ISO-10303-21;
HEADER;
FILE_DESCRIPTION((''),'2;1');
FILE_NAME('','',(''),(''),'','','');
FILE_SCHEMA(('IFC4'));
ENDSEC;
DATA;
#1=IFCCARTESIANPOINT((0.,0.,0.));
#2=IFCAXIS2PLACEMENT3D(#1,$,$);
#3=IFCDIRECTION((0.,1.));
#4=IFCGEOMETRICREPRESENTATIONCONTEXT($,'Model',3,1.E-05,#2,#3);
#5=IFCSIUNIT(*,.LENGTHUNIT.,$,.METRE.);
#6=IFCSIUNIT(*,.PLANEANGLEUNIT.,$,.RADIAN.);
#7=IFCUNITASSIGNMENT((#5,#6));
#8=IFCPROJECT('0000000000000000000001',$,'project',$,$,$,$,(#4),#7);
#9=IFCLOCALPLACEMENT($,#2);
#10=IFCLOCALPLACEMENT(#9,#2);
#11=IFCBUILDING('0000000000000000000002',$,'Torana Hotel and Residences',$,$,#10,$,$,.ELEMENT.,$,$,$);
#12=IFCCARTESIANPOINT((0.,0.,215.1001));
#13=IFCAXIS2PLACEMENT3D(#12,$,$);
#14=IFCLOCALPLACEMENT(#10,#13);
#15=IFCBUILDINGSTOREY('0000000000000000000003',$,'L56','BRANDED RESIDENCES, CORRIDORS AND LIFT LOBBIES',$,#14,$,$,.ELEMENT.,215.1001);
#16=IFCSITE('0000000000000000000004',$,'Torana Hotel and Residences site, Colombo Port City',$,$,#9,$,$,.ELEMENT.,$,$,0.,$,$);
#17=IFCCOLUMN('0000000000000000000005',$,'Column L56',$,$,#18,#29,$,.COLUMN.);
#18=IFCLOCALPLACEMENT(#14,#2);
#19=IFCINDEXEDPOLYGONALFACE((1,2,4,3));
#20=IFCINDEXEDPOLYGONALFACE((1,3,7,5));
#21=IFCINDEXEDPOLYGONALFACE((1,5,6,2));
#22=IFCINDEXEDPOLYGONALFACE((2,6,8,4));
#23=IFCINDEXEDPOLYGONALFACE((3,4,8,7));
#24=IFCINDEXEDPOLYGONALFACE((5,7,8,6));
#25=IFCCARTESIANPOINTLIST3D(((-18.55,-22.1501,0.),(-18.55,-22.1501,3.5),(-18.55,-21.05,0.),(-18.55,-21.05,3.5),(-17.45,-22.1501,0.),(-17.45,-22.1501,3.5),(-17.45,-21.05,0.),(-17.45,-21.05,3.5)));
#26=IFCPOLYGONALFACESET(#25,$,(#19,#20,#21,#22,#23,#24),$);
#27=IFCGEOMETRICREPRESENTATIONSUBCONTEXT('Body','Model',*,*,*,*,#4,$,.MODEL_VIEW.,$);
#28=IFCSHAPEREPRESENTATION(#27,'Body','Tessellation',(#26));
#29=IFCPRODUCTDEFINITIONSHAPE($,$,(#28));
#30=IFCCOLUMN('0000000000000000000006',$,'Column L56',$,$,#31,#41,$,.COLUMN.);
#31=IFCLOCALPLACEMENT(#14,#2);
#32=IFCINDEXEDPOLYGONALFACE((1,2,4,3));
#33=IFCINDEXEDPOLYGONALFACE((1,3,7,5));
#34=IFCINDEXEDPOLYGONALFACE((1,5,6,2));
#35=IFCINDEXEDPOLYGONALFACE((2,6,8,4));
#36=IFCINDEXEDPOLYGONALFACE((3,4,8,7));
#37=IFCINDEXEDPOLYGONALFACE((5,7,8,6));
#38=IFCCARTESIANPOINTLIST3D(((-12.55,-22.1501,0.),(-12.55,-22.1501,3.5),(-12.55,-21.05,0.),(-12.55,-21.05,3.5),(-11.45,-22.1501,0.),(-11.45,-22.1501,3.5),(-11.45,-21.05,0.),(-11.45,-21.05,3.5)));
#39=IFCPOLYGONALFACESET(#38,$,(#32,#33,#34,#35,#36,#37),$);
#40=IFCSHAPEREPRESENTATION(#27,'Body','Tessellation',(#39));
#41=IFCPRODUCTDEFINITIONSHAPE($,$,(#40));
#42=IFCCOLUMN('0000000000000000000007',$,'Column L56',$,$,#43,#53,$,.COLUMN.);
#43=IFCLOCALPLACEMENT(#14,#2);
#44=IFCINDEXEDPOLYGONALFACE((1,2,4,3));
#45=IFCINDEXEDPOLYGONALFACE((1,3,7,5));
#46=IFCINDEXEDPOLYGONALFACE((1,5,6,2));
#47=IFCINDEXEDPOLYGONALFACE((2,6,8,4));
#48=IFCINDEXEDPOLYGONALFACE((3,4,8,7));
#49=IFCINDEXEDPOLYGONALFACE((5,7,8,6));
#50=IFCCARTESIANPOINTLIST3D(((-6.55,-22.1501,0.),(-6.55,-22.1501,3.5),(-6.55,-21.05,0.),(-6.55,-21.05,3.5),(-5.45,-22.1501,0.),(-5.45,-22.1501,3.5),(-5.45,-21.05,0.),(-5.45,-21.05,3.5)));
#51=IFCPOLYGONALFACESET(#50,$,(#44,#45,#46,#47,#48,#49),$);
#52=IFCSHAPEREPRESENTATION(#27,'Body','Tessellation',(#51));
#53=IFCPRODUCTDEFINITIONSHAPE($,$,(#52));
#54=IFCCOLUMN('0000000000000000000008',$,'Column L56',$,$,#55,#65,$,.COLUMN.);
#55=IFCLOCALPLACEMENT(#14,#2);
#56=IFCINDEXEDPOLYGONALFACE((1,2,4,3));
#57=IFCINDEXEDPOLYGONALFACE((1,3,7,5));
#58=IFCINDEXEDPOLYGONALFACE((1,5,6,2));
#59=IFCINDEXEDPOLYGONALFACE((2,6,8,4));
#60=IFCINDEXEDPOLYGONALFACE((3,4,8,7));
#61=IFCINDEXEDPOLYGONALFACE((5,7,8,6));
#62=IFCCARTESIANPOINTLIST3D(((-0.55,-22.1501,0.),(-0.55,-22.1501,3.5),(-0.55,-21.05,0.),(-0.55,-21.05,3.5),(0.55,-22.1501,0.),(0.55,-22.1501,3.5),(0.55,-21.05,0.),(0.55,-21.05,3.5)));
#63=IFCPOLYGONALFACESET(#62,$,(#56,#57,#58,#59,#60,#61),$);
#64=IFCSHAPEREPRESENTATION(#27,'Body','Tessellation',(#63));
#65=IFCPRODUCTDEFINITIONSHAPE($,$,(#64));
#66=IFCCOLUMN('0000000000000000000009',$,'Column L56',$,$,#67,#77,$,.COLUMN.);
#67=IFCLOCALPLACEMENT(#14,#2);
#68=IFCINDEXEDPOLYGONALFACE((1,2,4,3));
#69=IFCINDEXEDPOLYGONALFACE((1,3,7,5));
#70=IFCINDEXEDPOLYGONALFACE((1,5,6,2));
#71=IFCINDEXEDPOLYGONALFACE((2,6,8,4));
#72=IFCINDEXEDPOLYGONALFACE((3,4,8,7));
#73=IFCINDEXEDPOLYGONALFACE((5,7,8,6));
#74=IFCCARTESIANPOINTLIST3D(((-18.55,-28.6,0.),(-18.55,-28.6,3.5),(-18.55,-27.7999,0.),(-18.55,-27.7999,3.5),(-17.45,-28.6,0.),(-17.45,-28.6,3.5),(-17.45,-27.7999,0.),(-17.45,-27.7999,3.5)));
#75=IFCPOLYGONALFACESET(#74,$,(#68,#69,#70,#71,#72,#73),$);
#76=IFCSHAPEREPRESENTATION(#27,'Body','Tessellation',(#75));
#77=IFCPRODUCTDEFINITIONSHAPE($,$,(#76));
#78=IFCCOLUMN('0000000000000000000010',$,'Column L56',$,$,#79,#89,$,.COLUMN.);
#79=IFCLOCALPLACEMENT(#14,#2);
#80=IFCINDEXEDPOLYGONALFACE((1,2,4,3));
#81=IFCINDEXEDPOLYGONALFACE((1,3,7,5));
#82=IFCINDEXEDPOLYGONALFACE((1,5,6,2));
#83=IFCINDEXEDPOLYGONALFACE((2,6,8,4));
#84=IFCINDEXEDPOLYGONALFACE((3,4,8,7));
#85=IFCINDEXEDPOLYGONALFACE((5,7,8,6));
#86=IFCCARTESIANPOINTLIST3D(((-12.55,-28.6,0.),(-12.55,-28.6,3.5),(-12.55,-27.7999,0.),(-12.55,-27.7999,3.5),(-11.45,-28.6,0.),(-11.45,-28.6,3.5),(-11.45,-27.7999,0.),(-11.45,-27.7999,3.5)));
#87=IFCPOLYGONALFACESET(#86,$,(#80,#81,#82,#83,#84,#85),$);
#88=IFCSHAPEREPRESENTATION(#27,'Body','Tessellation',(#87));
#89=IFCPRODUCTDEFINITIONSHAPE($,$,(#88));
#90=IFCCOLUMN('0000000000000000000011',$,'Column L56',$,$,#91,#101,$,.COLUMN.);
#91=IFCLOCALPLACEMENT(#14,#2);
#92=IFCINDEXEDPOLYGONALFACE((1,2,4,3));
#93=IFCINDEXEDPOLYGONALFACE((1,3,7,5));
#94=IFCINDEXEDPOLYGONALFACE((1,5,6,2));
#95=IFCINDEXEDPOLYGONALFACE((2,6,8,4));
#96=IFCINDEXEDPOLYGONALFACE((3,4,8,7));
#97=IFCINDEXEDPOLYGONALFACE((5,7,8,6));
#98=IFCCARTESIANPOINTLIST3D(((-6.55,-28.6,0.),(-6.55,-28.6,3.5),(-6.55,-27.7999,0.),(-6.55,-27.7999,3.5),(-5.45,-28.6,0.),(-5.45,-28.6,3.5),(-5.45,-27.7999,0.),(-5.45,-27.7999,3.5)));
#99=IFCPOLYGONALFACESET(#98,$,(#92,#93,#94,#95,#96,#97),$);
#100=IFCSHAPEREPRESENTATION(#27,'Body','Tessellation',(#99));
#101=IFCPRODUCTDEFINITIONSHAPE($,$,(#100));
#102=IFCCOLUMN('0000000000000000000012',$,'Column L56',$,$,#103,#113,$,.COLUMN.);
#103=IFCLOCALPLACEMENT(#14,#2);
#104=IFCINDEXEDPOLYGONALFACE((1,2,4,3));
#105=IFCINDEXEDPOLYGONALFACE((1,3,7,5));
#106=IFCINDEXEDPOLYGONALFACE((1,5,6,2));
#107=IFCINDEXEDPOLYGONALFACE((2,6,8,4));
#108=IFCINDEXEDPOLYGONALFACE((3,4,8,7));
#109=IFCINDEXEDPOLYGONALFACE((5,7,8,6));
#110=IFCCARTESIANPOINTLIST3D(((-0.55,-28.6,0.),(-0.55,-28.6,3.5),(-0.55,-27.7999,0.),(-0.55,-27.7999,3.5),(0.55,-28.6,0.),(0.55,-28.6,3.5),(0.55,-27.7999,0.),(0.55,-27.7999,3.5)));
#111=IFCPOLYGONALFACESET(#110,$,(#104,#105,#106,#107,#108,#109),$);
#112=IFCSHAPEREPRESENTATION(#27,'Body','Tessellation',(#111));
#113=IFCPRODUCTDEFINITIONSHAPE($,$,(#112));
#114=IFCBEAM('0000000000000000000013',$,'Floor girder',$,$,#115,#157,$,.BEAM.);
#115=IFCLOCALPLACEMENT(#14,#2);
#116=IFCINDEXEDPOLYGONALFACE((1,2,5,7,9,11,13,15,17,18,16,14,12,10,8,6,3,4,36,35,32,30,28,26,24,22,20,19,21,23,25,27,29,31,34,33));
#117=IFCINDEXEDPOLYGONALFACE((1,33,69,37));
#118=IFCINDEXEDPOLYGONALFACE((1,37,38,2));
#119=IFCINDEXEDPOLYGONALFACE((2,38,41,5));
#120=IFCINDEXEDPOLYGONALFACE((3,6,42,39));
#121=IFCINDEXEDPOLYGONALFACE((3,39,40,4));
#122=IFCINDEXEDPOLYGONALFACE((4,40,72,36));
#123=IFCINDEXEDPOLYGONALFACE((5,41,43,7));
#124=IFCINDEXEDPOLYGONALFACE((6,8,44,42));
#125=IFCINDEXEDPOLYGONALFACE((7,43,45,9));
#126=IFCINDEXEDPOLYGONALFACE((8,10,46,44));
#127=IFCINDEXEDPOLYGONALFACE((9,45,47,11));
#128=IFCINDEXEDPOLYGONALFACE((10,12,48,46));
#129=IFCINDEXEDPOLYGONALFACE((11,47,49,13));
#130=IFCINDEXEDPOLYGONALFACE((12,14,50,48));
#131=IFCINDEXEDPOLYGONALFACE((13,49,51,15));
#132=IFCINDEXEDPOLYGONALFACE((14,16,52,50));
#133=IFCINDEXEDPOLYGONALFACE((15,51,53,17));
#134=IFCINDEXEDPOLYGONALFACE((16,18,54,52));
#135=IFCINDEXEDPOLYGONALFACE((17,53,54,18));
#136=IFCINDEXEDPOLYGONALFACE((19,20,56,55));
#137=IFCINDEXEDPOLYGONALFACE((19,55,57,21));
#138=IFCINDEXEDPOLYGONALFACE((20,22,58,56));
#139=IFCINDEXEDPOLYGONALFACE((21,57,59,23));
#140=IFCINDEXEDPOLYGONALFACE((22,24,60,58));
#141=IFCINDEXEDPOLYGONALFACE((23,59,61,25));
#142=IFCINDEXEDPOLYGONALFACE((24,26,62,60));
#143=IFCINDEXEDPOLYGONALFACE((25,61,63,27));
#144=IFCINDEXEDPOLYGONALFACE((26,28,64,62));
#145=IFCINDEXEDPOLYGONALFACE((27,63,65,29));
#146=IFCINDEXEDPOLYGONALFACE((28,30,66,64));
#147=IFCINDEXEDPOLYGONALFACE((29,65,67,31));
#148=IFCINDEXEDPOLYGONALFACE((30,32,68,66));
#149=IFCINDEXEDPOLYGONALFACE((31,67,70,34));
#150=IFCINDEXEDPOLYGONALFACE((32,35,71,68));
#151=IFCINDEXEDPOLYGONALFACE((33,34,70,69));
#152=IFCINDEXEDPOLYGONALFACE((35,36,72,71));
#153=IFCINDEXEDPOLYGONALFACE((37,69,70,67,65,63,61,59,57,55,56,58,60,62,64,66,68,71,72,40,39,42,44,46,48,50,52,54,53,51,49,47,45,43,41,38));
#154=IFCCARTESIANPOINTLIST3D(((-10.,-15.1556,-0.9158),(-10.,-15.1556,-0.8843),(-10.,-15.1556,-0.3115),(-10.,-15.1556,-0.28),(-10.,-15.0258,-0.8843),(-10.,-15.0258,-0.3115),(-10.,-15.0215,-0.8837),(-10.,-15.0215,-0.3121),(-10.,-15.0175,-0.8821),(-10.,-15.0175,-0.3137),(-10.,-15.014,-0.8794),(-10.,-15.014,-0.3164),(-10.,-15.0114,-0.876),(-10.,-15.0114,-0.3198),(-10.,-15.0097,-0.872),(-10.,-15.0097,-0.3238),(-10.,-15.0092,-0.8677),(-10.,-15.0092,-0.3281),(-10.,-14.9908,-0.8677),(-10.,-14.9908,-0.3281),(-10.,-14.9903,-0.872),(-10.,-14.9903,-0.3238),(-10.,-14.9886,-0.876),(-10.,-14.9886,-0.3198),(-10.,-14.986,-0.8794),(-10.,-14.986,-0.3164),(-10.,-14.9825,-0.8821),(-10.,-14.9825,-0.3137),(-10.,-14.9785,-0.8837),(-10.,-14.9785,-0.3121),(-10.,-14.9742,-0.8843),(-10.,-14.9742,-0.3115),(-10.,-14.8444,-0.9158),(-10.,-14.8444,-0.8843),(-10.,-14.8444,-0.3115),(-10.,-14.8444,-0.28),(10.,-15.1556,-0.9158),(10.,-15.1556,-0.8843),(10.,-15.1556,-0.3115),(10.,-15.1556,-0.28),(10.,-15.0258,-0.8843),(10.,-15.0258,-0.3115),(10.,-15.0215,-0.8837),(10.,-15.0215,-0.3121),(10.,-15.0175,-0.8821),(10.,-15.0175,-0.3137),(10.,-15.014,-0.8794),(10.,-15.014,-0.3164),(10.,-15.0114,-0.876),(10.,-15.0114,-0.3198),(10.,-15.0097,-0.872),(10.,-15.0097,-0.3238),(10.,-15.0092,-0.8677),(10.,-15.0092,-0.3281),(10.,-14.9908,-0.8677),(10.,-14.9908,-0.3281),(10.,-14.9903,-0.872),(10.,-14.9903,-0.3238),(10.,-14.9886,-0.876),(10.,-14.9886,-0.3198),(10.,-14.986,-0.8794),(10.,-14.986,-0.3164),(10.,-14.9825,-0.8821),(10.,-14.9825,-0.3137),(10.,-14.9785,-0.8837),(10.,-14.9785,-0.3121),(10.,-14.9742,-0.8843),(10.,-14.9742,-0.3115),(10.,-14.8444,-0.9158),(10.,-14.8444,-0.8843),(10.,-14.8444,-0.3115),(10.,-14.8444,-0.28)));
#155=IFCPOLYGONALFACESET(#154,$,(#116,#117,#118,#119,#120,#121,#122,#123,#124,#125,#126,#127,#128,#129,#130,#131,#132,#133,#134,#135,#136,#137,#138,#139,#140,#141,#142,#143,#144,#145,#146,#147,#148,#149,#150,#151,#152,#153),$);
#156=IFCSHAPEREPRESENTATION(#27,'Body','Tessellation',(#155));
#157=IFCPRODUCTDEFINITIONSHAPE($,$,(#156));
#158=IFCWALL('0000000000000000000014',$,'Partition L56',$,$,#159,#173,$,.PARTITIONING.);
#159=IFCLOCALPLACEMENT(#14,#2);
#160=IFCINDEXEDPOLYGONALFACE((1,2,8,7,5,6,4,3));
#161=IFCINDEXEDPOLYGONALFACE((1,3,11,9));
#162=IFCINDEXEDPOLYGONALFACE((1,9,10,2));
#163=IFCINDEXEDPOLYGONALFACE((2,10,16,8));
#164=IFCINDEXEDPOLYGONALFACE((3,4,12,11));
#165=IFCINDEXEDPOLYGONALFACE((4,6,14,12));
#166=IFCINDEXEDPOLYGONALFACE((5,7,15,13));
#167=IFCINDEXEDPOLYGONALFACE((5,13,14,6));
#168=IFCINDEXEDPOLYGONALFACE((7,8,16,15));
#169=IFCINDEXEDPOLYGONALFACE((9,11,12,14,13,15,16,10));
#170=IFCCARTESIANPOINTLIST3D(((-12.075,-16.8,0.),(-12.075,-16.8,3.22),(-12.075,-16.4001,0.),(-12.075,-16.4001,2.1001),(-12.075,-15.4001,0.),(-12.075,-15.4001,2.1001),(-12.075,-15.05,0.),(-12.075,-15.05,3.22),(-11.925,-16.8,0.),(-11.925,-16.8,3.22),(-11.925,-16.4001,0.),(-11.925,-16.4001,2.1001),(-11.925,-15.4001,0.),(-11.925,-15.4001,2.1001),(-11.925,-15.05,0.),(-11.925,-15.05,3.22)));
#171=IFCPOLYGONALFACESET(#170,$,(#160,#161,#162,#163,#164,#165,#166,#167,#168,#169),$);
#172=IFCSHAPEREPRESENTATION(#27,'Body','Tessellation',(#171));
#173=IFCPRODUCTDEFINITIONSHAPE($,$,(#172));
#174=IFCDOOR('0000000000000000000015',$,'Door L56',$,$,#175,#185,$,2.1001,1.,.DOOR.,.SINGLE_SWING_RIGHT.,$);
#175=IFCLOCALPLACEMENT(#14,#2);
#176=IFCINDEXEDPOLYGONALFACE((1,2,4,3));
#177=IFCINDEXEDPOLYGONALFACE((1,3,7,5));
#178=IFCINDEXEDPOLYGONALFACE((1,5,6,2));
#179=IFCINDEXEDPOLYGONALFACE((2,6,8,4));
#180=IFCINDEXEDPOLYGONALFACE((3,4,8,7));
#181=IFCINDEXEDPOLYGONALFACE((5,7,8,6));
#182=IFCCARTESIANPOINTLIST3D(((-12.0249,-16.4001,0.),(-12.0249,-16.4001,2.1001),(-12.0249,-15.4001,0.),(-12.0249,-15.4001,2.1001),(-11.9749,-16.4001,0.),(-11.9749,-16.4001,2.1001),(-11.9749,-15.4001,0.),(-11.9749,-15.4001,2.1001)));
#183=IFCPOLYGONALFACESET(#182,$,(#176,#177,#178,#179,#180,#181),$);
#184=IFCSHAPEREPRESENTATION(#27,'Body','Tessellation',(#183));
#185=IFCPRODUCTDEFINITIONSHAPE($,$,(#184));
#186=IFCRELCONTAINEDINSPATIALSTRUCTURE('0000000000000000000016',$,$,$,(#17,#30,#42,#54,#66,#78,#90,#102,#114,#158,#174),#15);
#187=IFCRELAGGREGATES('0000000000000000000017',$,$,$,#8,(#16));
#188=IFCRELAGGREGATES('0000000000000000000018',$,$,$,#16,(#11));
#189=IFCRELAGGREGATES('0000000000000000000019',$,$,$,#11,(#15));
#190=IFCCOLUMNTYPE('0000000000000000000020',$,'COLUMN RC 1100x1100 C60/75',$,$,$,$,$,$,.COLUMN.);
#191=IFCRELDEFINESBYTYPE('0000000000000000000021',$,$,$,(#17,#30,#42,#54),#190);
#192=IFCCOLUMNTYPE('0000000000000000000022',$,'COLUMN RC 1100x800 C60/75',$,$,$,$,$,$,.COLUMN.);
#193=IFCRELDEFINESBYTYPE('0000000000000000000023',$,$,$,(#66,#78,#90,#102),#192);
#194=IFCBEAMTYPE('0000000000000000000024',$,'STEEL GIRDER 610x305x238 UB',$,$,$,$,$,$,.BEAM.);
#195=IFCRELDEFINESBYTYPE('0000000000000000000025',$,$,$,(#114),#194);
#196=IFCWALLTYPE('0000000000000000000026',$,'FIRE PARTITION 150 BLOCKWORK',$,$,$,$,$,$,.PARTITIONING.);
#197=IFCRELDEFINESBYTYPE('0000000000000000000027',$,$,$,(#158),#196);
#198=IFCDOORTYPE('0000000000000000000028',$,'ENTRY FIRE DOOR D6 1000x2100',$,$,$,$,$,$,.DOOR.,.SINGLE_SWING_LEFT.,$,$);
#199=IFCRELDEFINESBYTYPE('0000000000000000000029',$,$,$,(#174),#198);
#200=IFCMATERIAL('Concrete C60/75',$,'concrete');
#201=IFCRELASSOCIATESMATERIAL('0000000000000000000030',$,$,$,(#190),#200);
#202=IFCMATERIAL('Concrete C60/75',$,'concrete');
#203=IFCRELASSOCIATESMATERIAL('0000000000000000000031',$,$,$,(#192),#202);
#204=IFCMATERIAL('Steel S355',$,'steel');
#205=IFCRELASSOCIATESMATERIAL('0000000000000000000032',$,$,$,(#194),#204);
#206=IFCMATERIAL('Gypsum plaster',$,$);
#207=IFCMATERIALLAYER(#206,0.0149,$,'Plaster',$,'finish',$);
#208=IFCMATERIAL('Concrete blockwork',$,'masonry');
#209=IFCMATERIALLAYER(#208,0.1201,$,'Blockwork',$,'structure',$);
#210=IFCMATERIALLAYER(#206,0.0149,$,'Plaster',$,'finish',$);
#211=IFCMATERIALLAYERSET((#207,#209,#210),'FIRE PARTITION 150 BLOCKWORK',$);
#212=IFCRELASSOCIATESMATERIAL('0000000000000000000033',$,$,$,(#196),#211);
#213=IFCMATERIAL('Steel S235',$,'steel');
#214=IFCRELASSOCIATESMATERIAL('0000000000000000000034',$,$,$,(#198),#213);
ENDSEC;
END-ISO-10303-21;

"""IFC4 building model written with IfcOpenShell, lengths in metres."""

from ifc_helpers import new_model, si_unit, direction, frame, frame_2d, origin, origin_2d, place, context, subcontext, project, spatial, rectangle, i_section, extrude, material, layer, layer_set, material_profile, profile_set, type_object, element, fill, save


model = new_model("IFC4")

# Units and contexts
model_context = context("Model", 3, precision=1e-05, world=origin(), true_north=direction((0.0, 1.0)))
body_context = subcontext(model_context, "Body", "Model", "MODEL_VIEW")
ifc_project = project(units=[si_unit("LENGTHUNIT", "METRE"), si_unit("PLANEANGLEUNIT", "RADIAN")], contexts=[model_context])

# Site, building, storey
site_placement = place(None, origin())
site = spatial("IfcSite", under=ifc_project, at=site_placement, Name="Torana Hotel and Residences site, Colombo Port City", CompositionType="ELEMENT", RefElevation=0.0)
building_placement = place(site_placement, origin())
building = spatial("IfcBuilding", under=site, at=building_placement, Name="Torana Hotel and Residences", CompositionType="ELEMENT")
storey_placement = place(building_placement, frame((0.0, 0.0, 215.1001)))
storey = spatial("IfcBuildingStorey", under=building, at=storey_placement, Name="L56", Description="BRANDED RESIDENCES, CORRIDORS AND LIFT LOBBIES", CompositionType="ELEMENT", Elevation=215.1001)

# Columns
ifc_material_1 = material(Name="Concrete C60/75", Category="concrete")
ifc_material_profile_1 = material_profile(ifc_material_1, rectangle(XDim=1.1001, YDim=1.1001, at=origin_2d()), Name="RC 1100x1100")
ifc_profile_set_1 = profile_set([ifc_material_profile_1], Name="Concrete C60/75")
column_type_1 = type_object("IfcColumnType", Name="COLUMN RC 1100x1100 C60/75", PredefinedType="COLUMN", material=ifc_profile_set_1)
for number, where, z_axis, x_axis, name in (
    (1, (-18.0, -21.6001, 0.0), (0.0, 0.0, 1.0), (1.0, 0.0, 0.0), "Column L56"),
    (2, (-12.0, -21.6001, 0.0), (0.0, 0.0, 1.0), (1.0, 0.0, 0.0), "Column L56"),
    (3, (-6.0, -21.6001, 0.0), (0.0, 0.0, 1.0), (1.0, 0.0, 0.0), "Column L56"),
    (4, (0.0, -21.6001, 0.0), (0.0, 0.0, 1.0), (1.0, 0.0, 0.0), "Column L56"),
):
    element("IfcColumn", number, at=place(storey_placement, frame(where, z_axis=z_axis, x_axis=x_axis)), inside=storey, type_object=column_type_1, Name=name, PredefinedType="COLUMN", context=body_context, shape_type="SweptSolid", body=[
        extrude(rectangle(XDim=1.1001, YDim=1.1001, at=origin_2d()), origin(), (0.0, 0.0, 1.0), 3.5),
    ])
ifc_material_2 = material(Name="Concrete C60/75", Category="concrete")
ifc_material_profile_2 = material_profile(ifc_material_2, rectangle(XDim=1.1001, YDim=0.8, at=origin_2d()), Name="RC 1100x800")
ifc_profile_set_2 = profile_set([ifc_material_profile_2], Name="Concrete C60/75")
column_type_2 = type_object("IfcColumnType", Name="COLUMN RC 1100x800 C60/75", PredefinedType="COLUMN", material=ifc_profile_set_2)
for number, where, z_axis, x_axis, name in (
    (5, (-18.0, -28.2, 0.0), (0.0, 0.0, 1.0), (1.0, 0.0, 0.0), "Column L56"),
    (6, (-12.0, -28.2, 0.0), (0.0, 0.0, 1.0), (1.0, 0.0, 0.0), "Column L56"),
    (7, (-6.0, -28.2, 0.0), (0.0, 0.0, 1.0), (1.0, 0.0, 0.0), "Column L56"),
    (8, (0.0, -28.2, 0.0), (0.0, 0.0, 1.0), (1.0, 0.0, 0.0), "Column L56"),
):
    element("IfcColumn", number, at=place(storey_placement, frame(where, z_axis=z_axis, x_axis=x_axis)), inside=storey, type_object=column_type_2, Name=name, PredefinedType="COLUMN", context=body_context, shape_type="SweptSolid", body=[
        extrude(rectangle(XDim=1.1001, YDim=0.8, at=origin_2d()), origin(), (0.0, 0.0, 1.0), 3.5),
    ])

# Beam
ifc_material_3 = material(Name="Steel S355", Category="steel")
ifc_material_profile_3 = material_profile(ifc_material_3, i_section(OverallWidth=0.3113, OverallDepth=0.6357, WebThickness=0.0183, FlangeThickness=0.0315, FilletRadius=0.0166, at=origin_2d()), Name="610x305x238 UB")
ifc_profile_set_3 = profile_set([ifc_material_profile_3], Name="Steel S355")
beam_type = type_object("IfcBeamType", Name="STEEL GIRDER 610x305x238 UB", PredefinedType="BEAM", material=ifc_profile_set_3)
beam_placement = place(storey_placement, frame((-10.0, -15.0, -0.5979), z_axis=(1.0, 0.0, 0.0), x_axis=(0.0, 1.0, 0.0)))
element("IfcBeam", 9, at=beam_placement, inside=storey, type_object=beam_type, Name="Floor girder", PredefinedType="BEAM", context=body_context, shape_type="SweptSolid", body=[
    extrude(i_section(OverallWidth=0.3113, OverallDepth=0.6357, WebThickness=0.0183, FlangeThickness=0.0315, FilletRadius=0.0166, at=origin_2d()), origin(), (0.0, 0.0, 1.0), 20.0),
])

# Wall, opening, door
ifc_material_4 = material(Name="Gypsum plaster")
ifc_layer_1 = layer(ifc_material_4, 0.0149, Name="Plaster", Category="finish")
ifc_material_5 = material(Name="Concrete blockwork", Category="masonry")
ifc_layer_2 = layer(ifc_material_5, 0.1201, Name="Blockwork", Category="structure")
ifc_layer_3 = layer(ifc_material_4, 0.0149, Name="Plaster", Category="finish")
ifc_layer_set_1 = layer_set([ifc_layer_1, ifc_layer_2, ifc_layer_3], Name="FIRE PARTITION 150 BLOCKWORK")
wall_type_1 = type_object("IfcWallType", Name="FIRE PARTITION 150 BLOCKWORK", PredefinedType="PARTITIONING", material=ifc_layer_set_1)
wall_1_placement = place(storey_placement, frame((-12.0, -16.8, 0.0), z_axis=(0.0, 0.0, 1.0), x_axis=(0.0, 1.0, 0.0)))
wall_1 = element("IfcWall", 10, at=wall_1_placement, inside=storey, type_object=wall_type_1, Name="Partition L56", PredefinedType="PARTITIONING", context=body_context, shape_type="SweptSolid", body=[
    extrude(rectangle(XDim=1.75, YDim=0.1499, at=frame_2d((0.875, 0.0))), origin(), (0.0, 0.0, 1.0), 3.22),
])
opening_1_placement = place(wall_1_placement, frame((0.3999, 0.0, 0.0)))
opening_1 = element("IfcOpeningElement", 11, at=opening_1_placement, cuts=wall_1, PredefinedType="OPENING", context=body_context, shape_type="SweptSolid", body=[
    extrude(rectangle(XDim=1.0, YDim=2.1001, at=frame_2d((0.5, 1.05))), frame((0.0, 0.085, 0.0), z_axis=(0.0, -1.0, 0.0), x_axis=(1.0, 0.0, 0.0)), (0.0, 0.0, 1.0), 0.1699),
])
ifc_material_6 = material(Name="Steel S235", Category="steel")
door_type = type_object("IfcDoorType", Name="ENTRY FIRE DOOR D6 1000x2100", OperationType="SINGLE_SWING_LEFT", PredefinedType="DOOR", material=ifc_material_6)
door_1_placement = place(opening_1_placement, origin())
door_1 = element("IfcDoor", 12, at=door_1_placement, inside=storey, type_object=door_type, Name="Door L56", OperationType="SINGLE_SWING_RIGHT", OverallHeight=2.1001, OverallWidth=1.0, PredefinedType="DOOR", context=body_context, shape_type="SweptSolid", body=[
    extrude(rectangle(XDim=1.0, YDim=2.1001, at=frame_2d((0.5, 1.05))), frame((0.0, 0.0249, 0.0), z_axis=(0.0, -1.0, 0.0), x_axis=(1.0, 0.0, 0.0)), (0.0, 0.0, 1.0), 0.05),
])
fill(opening_1, door_1)

save(model, "model.ifc")
